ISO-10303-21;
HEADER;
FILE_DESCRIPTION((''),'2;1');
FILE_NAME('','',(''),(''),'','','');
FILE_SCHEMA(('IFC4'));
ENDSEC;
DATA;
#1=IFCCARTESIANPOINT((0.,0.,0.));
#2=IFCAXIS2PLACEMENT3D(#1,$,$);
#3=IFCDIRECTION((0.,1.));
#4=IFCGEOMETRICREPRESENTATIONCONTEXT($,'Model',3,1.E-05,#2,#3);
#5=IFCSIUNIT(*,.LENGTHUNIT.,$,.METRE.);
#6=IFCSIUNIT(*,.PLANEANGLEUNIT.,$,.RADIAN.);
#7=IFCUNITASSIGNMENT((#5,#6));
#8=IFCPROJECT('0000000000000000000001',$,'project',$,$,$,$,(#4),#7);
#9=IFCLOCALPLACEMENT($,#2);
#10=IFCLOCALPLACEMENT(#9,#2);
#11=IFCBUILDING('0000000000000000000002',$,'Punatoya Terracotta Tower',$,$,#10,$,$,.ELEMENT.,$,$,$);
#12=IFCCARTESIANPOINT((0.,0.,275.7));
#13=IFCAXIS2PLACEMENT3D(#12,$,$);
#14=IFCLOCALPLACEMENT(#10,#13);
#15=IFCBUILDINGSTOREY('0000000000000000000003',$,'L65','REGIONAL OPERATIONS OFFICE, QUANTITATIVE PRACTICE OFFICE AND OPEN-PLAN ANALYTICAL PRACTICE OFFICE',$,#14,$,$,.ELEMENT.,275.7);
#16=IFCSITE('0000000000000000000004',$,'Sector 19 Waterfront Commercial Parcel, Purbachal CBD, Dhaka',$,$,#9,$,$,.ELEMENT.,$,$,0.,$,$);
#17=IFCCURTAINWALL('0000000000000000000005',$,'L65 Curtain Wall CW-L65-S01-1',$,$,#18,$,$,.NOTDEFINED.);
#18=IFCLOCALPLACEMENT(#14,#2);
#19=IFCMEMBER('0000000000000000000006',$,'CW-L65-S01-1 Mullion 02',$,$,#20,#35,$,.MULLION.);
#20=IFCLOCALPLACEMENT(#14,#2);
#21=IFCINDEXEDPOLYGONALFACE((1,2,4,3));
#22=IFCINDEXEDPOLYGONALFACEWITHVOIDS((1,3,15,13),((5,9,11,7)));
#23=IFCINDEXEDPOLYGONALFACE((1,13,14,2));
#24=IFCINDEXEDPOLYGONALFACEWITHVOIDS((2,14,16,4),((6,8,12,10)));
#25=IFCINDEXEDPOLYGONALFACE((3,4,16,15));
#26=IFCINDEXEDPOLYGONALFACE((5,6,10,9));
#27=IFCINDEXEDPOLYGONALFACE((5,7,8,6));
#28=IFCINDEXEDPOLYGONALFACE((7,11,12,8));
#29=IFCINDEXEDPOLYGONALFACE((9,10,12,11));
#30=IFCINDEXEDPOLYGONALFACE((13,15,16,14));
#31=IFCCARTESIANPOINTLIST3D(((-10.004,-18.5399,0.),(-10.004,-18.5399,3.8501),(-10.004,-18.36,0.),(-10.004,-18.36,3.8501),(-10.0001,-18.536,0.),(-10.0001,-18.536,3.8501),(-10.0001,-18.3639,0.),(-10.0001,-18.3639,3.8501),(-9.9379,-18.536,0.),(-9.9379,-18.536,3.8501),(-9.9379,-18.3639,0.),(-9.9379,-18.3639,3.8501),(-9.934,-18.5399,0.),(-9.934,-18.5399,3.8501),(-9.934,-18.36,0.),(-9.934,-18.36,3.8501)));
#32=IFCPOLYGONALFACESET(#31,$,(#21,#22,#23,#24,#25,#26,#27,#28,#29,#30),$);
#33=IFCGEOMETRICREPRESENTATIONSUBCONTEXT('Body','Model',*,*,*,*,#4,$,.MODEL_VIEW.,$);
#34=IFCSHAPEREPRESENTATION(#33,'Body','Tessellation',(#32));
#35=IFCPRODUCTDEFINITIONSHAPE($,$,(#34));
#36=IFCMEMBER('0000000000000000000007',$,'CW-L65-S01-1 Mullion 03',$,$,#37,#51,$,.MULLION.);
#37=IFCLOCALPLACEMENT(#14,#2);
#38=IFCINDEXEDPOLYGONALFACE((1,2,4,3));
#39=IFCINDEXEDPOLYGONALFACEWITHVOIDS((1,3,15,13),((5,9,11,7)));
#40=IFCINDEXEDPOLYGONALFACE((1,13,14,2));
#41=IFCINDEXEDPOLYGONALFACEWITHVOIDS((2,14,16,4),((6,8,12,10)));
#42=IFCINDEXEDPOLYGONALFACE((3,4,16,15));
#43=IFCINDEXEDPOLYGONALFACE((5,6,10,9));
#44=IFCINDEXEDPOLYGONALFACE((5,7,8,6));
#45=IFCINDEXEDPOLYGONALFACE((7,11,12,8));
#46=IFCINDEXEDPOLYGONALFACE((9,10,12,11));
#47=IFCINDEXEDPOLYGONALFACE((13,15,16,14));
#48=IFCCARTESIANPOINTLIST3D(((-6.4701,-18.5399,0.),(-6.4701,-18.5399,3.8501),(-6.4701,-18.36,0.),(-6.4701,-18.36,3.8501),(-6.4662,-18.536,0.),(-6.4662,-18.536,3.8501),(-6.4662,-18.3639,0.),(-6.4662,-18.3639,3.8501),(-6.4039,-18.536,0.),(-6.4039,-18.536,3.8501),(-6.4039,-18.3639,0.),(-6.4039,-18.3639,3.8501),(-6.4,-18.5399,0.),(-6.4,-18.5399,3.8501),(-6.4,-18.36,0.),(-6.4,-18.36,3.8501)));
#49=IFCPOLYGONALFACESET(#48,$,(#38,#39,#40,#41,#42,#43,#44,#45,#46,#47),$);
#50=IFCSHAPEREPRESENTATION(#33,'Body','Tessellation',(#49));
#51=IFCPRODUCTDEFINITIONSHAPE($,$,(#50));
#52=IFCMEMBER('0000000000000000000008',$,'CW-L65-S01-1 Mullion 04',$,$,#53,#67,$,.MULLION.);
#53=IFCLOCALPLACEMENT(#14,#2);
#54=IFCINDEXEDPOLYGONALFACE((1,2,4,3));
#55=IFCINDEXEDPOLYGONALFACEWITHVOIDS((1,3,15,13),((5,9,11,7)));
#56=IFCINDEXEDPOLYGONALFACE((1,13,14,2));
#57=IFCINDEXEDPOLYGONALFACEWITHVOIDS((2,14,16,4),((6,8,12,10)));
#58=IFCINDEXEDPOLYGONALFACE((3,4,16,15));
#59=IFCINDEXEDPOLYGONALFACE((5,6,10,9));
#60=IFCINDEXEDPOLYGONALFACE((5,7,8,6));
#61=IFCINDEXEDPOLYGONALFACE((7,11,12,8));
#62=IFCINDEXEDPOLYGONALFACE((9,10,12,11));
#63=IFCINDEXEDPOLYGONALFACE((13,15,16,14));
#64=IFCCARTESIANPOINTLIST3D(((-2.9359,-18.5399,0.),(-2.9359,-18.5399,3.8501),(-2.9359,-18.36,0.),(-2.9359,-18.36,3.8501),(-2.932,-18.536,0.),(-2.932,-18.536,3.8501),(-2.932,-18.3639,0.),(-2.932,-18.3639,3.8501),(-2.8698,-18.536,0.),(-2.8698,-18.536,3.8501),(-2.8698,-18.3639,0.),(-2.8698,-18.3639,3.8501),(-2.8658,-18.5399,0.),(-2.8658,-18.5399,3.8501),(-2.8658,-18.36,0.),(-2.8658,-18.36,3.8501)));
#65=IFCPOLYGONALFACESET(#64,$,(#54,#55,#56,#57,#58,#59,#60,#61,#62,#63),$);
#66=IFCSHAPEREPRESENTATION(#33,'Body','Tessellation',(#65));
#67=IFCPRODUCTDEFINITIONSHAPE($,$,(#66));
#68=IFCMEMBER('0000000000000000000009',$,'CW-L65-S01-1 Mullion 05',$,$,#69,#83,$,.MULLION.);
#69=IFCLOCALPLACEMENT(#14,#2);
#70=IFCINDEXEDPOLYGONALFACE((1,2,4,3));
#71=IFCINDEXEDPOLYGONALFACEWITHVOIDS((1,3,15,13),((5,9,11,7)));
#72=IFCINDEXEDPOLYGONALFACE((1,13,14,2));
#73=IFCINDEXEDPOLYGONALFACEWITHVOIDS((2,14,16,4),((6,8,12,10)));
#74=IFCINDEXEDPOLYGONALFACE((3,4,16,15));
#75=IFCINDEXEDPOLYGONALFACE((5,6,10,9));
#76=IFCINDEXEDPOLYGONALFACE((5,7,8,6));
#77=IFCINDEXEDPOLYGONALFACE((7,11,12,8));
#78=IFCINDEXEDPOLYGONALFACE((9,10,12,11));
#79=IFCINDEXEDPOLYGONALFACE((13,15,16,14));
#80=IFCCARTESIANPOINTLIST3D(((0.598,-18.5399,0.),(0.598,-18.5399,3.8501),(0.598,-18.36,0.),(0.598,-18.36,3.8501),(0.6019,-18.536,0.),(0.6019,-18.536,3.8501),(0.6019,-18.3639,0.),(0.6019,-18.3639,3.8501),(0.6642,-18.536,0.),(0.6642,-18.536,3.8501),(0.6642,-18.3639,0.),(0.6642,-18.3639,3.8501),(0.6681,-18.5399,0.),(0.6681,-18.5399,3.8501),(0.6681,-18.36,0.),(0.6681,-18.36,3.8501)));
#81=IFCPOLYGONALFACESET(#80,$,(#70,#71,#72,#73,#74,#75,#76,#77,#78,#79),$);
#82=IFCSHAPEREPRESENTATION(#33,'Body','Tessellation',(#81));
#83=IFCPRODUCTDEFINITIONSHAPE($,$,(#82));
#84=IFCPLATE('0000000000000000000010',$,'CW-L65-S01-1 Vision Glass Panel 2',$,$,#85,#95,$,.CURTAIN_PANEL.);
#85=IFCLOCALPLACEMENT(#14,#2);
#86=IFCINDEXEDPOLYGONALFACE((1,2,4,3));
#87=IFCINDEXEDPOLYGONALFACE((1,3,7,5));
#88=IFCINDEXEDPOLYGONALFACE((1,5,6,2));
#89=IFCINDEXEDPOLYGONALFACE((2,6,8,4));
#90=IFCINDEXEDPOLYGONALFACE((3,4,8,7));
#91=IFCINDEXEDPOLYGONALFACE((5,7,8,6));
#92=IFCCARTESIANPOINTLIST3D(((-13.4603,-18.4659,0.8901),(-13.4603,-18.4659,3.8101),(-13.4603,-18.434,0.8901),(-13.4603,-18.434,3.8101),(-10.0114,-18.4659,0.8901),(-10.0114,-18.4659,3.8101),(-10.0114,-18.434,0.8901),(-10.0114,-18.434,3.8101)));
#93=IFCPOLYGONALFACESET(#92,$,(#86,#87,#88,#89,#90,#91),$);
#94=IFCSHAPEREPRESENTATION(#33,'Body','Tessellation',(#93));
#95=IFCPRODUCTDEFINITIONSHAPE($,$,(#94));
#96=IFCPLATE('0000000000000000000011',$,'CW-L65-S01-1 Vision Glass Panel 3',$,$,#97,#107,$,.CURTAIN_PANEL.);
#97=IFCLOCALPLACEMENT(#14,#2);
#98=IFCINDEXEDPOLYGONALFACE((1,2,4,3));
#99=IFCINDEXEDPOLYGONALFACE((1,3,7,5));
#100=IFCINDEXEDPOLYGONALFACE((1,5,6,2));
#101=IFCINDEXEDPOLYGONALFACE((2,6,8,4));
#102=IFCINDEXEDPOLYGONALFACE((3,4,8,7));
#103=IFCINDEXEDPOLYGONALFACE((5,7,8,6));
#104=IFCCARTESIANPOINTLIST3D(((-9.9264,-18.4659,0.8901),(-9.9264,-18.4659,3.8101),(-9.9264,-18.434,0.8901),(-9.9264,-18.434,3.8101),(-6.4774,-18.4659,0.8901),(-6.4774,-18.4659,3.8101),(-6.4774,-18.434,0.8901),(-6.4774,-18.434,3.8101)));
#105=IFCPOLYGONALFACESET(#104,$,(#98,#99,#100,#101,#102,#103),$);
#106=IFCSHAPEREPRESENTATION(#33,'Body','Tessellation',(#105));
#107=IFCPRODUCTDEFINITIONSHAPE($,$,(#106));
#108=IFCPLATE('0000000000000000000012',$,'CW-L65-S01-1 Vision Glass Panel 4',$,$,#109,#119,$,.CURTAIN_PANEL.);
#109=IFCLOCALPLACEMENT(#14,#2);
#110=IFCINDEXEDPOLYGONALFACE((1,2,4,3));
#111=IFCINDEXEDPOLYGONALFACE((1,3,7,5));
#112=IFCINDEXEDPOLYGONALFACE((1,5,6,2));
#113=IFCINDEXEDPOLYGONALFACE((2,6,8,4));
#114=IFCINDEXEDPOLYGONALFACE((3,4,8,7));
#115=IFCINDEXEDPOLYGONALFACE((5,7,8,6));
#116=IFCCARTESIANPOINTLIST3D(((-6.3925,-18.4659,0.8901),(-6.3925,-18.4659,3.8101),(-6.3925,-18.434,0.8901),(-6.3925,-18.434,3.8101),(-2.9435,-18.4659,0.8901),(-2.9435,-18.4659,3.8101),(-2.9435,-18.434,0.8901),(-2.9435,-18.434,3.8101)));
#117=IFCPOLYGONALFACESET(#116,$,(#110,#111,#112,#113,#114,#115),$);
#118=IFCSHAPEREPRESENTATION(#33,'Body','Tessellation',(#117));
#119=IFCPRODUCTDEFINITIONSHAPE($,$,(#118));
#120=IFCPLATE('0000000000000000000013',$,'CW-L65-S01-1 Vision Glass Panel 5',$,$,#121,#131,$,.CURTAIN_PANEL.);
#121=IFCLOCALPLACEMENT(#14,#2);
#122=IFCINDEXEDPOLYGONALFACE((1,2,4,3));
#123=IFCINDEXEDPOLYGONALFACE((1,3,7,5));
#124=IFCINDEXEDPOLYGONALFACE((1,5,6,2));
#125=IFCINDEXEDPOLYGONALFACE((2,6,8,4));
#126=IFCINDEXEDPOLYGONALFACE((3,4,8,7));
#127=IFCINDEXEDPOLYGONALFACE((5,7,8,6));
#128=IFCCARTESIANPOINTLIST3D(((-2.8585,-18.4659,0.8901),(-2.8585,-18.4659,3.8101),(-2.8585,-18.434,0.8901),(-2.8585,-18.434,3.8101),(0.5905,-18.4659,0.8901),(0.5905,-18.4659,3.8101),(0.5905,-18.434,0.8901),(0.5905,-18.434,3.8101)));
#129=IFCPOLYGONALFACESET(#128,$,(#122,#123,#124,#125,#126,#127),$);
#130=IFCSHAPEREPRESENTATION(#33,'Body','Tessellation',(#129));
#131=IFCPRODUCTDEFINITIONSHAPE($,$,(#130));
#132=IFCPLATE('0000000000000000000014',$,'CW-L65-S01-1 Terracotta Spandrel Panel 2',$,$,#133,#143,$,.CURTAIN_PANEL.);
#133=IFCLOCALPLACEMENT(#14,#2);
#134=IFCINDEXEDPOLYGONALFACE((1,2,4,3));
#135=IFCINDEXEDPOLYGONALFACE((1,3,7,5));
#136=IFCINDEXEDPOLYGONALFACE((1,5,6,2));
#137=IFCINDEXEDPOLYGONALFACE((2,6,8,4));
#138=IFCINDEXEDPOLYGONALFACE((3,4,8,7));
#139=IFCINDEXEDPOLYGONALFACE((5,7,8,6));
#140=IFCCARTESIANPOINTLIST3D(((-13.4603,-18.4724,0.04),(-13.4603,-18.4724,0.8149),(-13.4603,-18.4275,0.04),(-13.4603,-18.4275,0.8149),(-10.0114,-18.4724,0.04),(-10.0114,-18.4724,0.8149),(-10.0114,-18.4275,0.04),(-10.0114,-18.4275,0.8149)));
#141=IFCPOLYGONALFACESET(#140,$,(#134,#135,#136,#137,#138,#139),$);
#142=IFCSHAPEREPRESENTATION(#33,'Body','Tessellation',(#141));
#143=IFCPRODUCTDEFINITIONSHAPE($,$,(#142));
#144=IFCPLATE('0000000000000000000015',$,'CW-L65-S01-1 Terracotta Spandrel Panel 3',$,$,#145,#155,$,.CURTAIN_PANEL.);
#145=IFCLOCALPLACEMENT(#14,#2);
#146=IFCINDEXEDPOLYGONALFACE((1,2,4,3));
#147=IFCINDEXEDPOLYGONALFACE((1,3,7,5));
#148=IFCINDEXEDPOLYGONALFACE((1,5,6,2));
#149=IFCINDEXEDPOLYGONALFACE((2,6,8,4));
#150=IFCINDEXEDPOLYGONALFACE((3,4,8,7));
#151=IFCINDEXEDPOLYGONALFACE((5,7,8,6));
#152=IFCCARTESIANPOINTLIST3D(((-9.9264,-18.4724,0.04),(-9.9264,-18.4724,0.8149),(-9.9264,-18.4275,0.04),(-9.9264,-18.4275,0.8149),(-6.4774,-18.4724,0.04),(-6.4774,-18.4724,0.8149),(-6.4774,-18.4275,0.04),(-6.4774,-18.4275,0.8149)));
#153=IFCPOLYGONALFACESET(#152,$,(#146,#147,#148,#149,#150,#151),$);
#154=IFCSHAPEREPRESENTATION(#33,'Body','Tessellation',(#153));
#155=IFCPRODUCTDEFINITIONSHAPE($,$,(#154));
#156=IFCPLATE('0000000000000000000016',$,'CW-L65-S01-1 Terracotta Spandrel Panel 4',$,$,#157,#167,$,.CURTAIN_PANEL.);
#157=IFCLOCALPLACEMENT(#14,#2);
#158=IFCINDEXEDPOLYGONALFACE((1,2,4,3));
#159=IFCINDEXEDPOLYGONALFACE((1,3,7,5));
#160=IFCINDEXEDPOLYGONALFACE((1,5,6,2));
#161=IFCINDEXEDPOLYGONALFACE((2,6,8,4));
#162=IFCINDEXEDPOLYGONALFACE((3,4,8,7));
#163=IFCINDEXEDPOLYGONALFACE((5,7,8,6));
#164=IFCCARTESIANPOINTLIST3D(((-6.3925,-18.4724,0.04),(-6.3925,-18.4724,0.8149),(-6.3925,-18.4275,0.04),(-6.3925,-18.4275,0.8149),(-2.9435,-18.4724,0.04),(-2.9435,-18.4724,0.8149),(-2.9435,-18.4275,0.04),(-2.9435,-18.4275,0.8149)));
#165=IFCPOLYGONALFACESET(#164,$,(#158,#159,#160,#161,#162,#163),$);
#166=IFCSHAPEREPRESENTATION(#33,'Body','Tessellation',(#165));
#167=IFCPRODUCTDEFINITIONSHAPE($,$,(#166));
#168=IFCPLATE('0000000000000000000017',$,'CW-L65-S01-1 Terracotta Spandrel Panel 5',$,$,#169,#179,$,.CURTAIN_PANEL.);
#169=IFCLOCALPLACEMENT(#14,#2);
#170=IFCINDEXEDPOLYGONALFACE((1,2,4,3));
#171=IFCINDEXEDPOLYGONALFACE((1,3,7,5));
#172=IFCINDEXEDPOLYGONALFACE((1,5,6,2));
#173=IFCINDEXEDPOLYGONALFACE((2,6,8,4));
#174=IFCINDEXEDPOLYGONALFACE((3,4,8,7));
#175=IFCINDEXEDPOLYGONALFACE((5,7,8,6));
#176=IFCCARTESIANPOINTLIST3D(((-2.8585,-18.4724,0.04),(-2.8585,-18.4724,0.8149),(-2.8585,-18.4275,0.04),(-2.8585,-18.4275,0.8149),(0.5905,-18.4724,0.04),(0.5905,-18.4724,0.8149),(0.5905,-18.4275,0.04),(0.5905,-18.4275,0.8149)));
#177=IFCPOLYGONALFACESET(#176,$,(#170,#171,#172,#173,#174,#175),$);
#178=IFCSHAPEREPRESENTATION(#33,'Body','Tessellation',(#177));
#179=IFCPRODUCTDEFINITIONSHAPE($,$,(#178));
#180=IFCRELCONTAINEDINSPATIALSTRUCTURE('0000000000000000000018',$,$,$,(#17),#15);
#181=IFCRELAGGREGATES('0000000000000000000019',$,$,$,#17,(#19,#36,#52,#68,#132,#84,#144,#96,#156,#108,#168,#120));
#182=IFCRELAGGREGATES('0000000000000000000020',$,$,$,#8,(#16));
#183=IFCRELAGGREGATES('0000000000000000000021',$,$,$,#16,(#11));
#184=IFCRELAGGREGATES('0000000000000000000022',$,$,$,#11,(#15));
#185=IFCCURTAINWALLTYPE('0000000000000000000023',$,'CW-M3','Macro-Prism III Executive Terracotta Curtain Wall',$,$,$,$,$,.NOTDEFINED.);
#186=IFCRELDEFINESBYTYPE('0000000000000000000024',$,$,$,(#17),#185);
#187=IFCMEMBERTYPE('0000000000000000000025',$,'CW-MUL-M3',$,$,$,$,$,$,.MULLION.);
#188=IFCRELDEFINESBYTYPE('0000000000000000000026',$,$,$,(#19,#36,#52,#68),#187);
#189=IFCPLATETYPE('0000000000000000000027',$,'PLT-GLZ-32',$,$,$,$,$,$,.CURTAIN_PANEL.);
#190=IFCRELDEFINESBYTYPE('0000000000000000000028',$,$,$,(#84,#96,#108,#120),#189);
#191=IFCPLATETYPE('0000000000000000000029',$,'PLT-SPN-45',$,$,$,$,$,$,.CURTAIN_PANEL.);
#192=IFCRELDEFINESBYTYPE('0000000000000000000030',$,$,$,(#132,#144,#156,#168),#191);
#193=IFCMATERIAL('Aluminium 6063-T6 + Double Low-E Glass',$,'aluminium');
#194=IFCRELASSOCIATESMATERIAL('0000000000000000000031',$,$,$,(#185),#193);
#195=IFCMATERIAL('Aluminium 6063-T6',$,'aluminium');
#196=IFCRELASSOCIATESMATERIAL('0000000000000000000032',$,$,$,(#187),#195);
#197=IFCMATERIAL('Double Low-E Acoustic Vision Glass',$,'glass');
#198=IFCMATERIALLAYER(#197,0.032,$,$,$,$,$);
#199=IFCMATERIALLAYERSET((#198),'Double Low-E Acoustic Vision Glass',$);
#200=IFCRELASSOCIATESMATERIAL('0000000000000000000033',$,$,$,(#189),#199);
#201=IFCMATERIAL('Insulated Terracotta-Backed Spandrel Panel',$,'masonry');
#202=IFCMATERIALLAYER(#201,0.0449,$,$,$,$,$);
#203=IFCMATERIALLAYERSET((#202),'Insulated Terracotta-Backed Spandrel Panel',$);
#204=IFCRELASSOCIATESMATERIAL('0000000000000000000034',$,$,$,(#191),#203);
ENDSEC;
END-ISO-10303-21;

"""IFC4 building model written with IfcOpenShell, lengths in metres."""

from ifc_helpers import new_model, si_unit, direction, frame, origin, origin_2d, place, context, subcontext, project, spatial, rectangle, hollow_rectangle, extrude, material, layer, layer_set, material_profile, profile_set, type_object, element, aggregate, save


model = new_model("IFC4")

# Units and contexts
model_context = context("Model", 3, precision=1e-05, world=origin(), true_north=direction((0.0, 1.0)))
body_context = subcontext(model_context, "Body", "Model", "MODEL_VIEW")
ifc_project = project(units=[si_unit("LENGTHUNIT", "METRE"), si_unit("PLANEANGLEUNIT", "RADIAN")], contexts=[model_context])

# Site, building, storey
site_placement = place(None, origin())
site = spatial("IfcSite", under=ifc_project, at=site_placement, Name="Sector 19 Waterfront Commercial Parcel, Purbachal CBD, Dhaka", CompositionType="ELEMENT", RefElevation=0.0)
building_placement = place(site_placement, origin())
building = spatial("IfcBuilding", under=site, at=building_placement, Name="Punatoya Terracotta Tower", CompositionType="ELEMENT")
storey_placement = place(building_placement, frame((0.0, 0.0, 275.7)))
storey = spatial("IfcBuildingStorey", under=building, at=storey_placement, Name="L65", Description="REGIONAL OPERATIONS OFFICE, QUANTITATIVE PRACTICE OFFICE AND OPEN-PLAN ANALYTICAL PRACTICE OFFICE", CompositionType="ELEMENT", Elevation=275.7)

# Curtain wall, members, plates
ifc_material_1 = material(Name="Aluminium 6063-T6 + Double Low-E Glass", Category="aluminium")
curtain_wall_type = type_object("IfcCurtainWallType", Name="CW-M3", Description="Macro-Prism III Executive Terracotta Curtain Wall", PredefinedType="NOTDEFINED", material=ifc_material_1)
curtain_wall_placement = place(storey_placement, origin())
curtain_wall = element("IfcCurtainWall", 1, at=curtain_wall_placement, inside=storey, type_object=curtain_wall_type, Name="L65 Curtain Wall CW-L65-S01-1", PredefinedType="NOTDEFINED")
ifc_material_2 = material(Name="Aluminium 6063-T6", Category="aluminium")
ifc_material_profile_1 = material_profile(ifc_material_2, hollow_rectangle(XDim=0.0701, YDim=0.1799, WallThickness=0.0039, at=origin_2d()))
ifc_profile_set_1 = profile_set([ifc_material_profile_1], Name="Aluminium 6063-T6")
member_type = type_object("IfcMemberType", Name="CW-MUL-M3", PredefinedType="MULLION", material=ifc_profile_set_1)
member_1_placement = place(storey_placement, frame((-9.969, -18.45, 0.0), z_axis=(0.0, 0.0, 1.0), x_axis=(1.0, 0.0, 0.0)))
member_1 = element("IfcMember", 2, at=member_1_placement, type_object=member_type, Name="CW-L65-S01-1 Mullion 02", PredefinedType="MULLION", context=body_context, shape_type="SweptSolid", body=[
    extrude(hollow_rectangle(XDim=0.0701, YDim=0.1799, WallThickness=0.0039, at=origin_2d()), origin(), (0.0, 0.0, 1.0), 3.8501),
])
member_2_placement = place(storey_placement, frame((-6.4351, -18.45, 0.0), z_axis=(0.0, 0.0, 1.0), x_axis=(1.0, 0.0, 0.0)))
member_2 = element("IfcMember", 3, at=member_2_placement, type_object=member_type, Name="CW-L65-S01-1 Mullion 03", PredefinedType="MULLION", context=body_context, shape_type="SweptSolid", body=[
    extrude(hollow_rectangle(XDim=0.0701, YDim=0.1799, WallThickness=0.0039, at=origin_2d()), origin(), (0.0, 0.0, 1.0), 3.8501),
])
member_3_placement = place(storey_placement, frame((-2.9009, -18.45, 0.0), z_axis=(0.0, 0.0, 1.0), x_axis=(1.0, 0.0, 0.0)))
member_3 = element("IfcMember", 4, at=member_3_placement, type_object=member_type, Name="CW-L65-S01-1 Mullion 04", PredefinedType="MULLION", context=body_context, shape_type="SweptSolid", body=[
    extrude(hollow_rectangle(XDim=0.0701, YDim=0.1799, WallThickness=0.0039, at=origin_2d()), origin(), (0.0, 0.0, 1.0), 3.8501),
])
member_4_placement = place(storey_placement, frame((0.6331, -18.45, 0.0), z_axis=(0.0, 0.0, 1.0), x_axis=(1.0, 0.0, 0.0)))
member_4 = element("IfcMember", 5, at=member_4_placement, type_object=member_type, Name="CW-L65-S01-1 Mullion 05", PredefinedType="MULLION", context=body_context, shape_type="SweptSolid", body=[
    extrude(hollow_rectangle(XDim=0.0701, YDim=0.1799, WallThickness=0.0039, at=origin_2d()), origin(), (0.0, 0.0, 1.0), 3.8501),
])
ifc_material_3 = material(Name="Double Low-E Acoustic Vision Glass", Category="glass")
ifc_layer_1 = layer(ifc_material_3, 0.032)
ifc_layer_set_1 = layer_set([ifc_layer_1], Name="Double Low-E Acoustic Vision Glass")
plate_type_1 = type_object("IfcPlateType", Name="PLT-GLZ-32", PredefinedType="CURTAIN_PANEL", material=ifc_layer_set_1)
plate_1_placement = place(storey_placement, frame((-11.7358, -18.45, 0.8901), z_axis=(0.0, 0.0, 1.0), x_axis=(1.0, 0.0, 0.0)))
plate_1 = element("IfcPlate", 6, at=plate_1_placement, type_object=plate_type_1, Name="CW-L65-S01-1 Vision Glass Panel 2", PredefinedType="CURTAIN_PANEL", context=body_context, shape_type="SweptSolid", body=[
    extrude(rectangle(XDim=3.449, YDim=0.032, at=origin_2d()), origin(), (0.0, 0.0, 1.0), 2.9199),
])
plate_2_placement = place(storey_placement, frame((-8.2019, -18.45, 0.8901), z_axis=(0.0, 0.0, 1.0), x_axis=(1.0, 0.0, 0.0)))
plate_2 = element("IfcPlate", 7, at=plate_2_placement, type_object=plate_type_1, Name="CW-L65-S01-1 Vision Glass Panel 3", PredefinedType="CURTAIN_PANEL", context=body_context, shape_type="SweptSolid", body=[
    extrude(rectangle(XDim=3.449, YDim=0.032, at=origin_2d()), origin(), (0.0, 0.0, 1.0), 2.9199),
])
plate_3_placement = place(storey_placement, frame((-4.668, -18.45, 0.8901), z_axis=(0.0, 0.0, 1.0), x_axis=(1.0, 0.0, 0.0)))
plate_3 = element("IfcPlate", 8, at=plate_3_placement, type_object=plate_type_1, Name="CW-L65-S01-1 Vision Glass Panel 4", PredefinedType="CURTAIN_PANEL", context=body_context, shape_type="SweptSolid", body=[
    extrude(rectangle(XDim=3.449, YDim=0.032, at=origin_2d()), origin(), (0.0, 0.0, 1.0), 2.9199),
])
plate_4_placement = place(storey_placement, frame((-1.134, -18.45, 0.8901), z_axis=(0.0, 0.0, 1.0), x_axis=(1.0, 0.0, 0.0)))
plate_4 = element("IfcPlate", 9, at=plate_4_placement, type_object=plate_type_1, Name="CW-L65-S01-1 Vision Glass Panel 5", PredefinedType="CURTAIN_PANEL", context=body_context, shape_type="SweptSolid", body=[
    extrude(rectangle(XDim=3.449, YDim=0.032, at=origin_2d()), origin(), (0.0, 0.0, 1.0), 2.9199),
])
ifc_material_4 = material(Name="Insulated Terracotta-Backed Spandrel Panel", Category="masonry")
ifc_layer_2 = layer(ifc_material_4, 0.0449)
ifc_layer_set_2 = layer_set([ifc_layer_2], Name="Insulated Terracotta-Backed Spandrel Panel")
plate_type_2 = type_object("IfcPlateType", Name="PLT-SPN-45", PredefinedType="CURTAIN_PANEL", material=ifc_layer_set_2)
plate_5_placement = place(storey_placement, frame((-11.7358, -18.45, 0.04), z_axis=(0.0, 0.0, 1.0), x_axis=(1.0, 0.0, 0.0)))
plate_5 = element("IfcPlate", 10, at=plate_5_placement, type_object=plate_type_2, Name="CW-L65-S01-1 Terracotta Spandrel Panel 2", PredefinedType="CURTAIN_PANEL", context=body_context, shape_type="SweptSolid", body=[
    extrude(rectangle(XDim=3.449, YDim=0.0449, at=origin_2d()), origin(), (0.0, 0.0, 1.0), 0.7749),
])
plate_6_placement = place(storey_placement, frame((-8.2019, -18.45, 0.04), z_axis=(0.0, 0.0, 1.0), x_axis=(1.0, 0.0, 0.0)))
plate_6 = element("IfcPlate", 11, at=plate_6_placement, type_object=plate_type_2, Name="CW-L65-S01-1 Terracotta Spandrel Panel 3", PredefinedType="CURTAIN_PANEL", context=body_context, shape_type="SweptSolid", body=[
    extrude(rectangle(XDim=3.449, YDim=0.0449, at=origin_2d()), origin(), (0.0, 0.0, 1.0), 0.7749),
])
plate_7_placement = place(storey_placement, frame((-4.668, -18.45, 0.04), z_axis=(0.0, 0.0, 1.0), x_axis=(1.0, 0.0, 0.0)))
plate_7 = element("IfcPlate", 12, at=plate_7_placement, type_object=plate_type_2, Name="CW-L65-S01-1 Terracotta Spandrel Panel 4", PredefinedType="CURTAIN_PANEL", context=body_context, shape_type="SweptSolid", body=[
    extrude(rectangle(XDim=3.449, YDim=0.0449, at=origin_2d()), origin(), (0.0, 0.0, 1.0), 0.7749),
])
plate_8_placement = place(storey_placement, frame((-1.134, -18.45, 0.04), z_axis=(0.0, 0.0, 1.0), x_axis=(1.0, 0.0, 0.0)))
plate_8 = element("IfcPlate", 13, at=plate_8_placement, type_object=plate_type_2, Name="CW-L65-S01-1 Terracotta Spandrel Panel 5", PredefinedType="CURTAIN_PANEL", context=body_context, shape_type="SweptSolid", body=[
    extrude(rectangle(XDim=3.449, YDim=0.0449, at=origin_2d()), origin(), (0.0, 0.0, 1.0), 0.7749),
])
aggregate(curtain_wall, [member_1, member_2, member_3, member_4, plate_5, plate_1, plate_6, plate_2, plate_7, plate_3, plate_8, plate_4])

save(model, "model.ifc")
